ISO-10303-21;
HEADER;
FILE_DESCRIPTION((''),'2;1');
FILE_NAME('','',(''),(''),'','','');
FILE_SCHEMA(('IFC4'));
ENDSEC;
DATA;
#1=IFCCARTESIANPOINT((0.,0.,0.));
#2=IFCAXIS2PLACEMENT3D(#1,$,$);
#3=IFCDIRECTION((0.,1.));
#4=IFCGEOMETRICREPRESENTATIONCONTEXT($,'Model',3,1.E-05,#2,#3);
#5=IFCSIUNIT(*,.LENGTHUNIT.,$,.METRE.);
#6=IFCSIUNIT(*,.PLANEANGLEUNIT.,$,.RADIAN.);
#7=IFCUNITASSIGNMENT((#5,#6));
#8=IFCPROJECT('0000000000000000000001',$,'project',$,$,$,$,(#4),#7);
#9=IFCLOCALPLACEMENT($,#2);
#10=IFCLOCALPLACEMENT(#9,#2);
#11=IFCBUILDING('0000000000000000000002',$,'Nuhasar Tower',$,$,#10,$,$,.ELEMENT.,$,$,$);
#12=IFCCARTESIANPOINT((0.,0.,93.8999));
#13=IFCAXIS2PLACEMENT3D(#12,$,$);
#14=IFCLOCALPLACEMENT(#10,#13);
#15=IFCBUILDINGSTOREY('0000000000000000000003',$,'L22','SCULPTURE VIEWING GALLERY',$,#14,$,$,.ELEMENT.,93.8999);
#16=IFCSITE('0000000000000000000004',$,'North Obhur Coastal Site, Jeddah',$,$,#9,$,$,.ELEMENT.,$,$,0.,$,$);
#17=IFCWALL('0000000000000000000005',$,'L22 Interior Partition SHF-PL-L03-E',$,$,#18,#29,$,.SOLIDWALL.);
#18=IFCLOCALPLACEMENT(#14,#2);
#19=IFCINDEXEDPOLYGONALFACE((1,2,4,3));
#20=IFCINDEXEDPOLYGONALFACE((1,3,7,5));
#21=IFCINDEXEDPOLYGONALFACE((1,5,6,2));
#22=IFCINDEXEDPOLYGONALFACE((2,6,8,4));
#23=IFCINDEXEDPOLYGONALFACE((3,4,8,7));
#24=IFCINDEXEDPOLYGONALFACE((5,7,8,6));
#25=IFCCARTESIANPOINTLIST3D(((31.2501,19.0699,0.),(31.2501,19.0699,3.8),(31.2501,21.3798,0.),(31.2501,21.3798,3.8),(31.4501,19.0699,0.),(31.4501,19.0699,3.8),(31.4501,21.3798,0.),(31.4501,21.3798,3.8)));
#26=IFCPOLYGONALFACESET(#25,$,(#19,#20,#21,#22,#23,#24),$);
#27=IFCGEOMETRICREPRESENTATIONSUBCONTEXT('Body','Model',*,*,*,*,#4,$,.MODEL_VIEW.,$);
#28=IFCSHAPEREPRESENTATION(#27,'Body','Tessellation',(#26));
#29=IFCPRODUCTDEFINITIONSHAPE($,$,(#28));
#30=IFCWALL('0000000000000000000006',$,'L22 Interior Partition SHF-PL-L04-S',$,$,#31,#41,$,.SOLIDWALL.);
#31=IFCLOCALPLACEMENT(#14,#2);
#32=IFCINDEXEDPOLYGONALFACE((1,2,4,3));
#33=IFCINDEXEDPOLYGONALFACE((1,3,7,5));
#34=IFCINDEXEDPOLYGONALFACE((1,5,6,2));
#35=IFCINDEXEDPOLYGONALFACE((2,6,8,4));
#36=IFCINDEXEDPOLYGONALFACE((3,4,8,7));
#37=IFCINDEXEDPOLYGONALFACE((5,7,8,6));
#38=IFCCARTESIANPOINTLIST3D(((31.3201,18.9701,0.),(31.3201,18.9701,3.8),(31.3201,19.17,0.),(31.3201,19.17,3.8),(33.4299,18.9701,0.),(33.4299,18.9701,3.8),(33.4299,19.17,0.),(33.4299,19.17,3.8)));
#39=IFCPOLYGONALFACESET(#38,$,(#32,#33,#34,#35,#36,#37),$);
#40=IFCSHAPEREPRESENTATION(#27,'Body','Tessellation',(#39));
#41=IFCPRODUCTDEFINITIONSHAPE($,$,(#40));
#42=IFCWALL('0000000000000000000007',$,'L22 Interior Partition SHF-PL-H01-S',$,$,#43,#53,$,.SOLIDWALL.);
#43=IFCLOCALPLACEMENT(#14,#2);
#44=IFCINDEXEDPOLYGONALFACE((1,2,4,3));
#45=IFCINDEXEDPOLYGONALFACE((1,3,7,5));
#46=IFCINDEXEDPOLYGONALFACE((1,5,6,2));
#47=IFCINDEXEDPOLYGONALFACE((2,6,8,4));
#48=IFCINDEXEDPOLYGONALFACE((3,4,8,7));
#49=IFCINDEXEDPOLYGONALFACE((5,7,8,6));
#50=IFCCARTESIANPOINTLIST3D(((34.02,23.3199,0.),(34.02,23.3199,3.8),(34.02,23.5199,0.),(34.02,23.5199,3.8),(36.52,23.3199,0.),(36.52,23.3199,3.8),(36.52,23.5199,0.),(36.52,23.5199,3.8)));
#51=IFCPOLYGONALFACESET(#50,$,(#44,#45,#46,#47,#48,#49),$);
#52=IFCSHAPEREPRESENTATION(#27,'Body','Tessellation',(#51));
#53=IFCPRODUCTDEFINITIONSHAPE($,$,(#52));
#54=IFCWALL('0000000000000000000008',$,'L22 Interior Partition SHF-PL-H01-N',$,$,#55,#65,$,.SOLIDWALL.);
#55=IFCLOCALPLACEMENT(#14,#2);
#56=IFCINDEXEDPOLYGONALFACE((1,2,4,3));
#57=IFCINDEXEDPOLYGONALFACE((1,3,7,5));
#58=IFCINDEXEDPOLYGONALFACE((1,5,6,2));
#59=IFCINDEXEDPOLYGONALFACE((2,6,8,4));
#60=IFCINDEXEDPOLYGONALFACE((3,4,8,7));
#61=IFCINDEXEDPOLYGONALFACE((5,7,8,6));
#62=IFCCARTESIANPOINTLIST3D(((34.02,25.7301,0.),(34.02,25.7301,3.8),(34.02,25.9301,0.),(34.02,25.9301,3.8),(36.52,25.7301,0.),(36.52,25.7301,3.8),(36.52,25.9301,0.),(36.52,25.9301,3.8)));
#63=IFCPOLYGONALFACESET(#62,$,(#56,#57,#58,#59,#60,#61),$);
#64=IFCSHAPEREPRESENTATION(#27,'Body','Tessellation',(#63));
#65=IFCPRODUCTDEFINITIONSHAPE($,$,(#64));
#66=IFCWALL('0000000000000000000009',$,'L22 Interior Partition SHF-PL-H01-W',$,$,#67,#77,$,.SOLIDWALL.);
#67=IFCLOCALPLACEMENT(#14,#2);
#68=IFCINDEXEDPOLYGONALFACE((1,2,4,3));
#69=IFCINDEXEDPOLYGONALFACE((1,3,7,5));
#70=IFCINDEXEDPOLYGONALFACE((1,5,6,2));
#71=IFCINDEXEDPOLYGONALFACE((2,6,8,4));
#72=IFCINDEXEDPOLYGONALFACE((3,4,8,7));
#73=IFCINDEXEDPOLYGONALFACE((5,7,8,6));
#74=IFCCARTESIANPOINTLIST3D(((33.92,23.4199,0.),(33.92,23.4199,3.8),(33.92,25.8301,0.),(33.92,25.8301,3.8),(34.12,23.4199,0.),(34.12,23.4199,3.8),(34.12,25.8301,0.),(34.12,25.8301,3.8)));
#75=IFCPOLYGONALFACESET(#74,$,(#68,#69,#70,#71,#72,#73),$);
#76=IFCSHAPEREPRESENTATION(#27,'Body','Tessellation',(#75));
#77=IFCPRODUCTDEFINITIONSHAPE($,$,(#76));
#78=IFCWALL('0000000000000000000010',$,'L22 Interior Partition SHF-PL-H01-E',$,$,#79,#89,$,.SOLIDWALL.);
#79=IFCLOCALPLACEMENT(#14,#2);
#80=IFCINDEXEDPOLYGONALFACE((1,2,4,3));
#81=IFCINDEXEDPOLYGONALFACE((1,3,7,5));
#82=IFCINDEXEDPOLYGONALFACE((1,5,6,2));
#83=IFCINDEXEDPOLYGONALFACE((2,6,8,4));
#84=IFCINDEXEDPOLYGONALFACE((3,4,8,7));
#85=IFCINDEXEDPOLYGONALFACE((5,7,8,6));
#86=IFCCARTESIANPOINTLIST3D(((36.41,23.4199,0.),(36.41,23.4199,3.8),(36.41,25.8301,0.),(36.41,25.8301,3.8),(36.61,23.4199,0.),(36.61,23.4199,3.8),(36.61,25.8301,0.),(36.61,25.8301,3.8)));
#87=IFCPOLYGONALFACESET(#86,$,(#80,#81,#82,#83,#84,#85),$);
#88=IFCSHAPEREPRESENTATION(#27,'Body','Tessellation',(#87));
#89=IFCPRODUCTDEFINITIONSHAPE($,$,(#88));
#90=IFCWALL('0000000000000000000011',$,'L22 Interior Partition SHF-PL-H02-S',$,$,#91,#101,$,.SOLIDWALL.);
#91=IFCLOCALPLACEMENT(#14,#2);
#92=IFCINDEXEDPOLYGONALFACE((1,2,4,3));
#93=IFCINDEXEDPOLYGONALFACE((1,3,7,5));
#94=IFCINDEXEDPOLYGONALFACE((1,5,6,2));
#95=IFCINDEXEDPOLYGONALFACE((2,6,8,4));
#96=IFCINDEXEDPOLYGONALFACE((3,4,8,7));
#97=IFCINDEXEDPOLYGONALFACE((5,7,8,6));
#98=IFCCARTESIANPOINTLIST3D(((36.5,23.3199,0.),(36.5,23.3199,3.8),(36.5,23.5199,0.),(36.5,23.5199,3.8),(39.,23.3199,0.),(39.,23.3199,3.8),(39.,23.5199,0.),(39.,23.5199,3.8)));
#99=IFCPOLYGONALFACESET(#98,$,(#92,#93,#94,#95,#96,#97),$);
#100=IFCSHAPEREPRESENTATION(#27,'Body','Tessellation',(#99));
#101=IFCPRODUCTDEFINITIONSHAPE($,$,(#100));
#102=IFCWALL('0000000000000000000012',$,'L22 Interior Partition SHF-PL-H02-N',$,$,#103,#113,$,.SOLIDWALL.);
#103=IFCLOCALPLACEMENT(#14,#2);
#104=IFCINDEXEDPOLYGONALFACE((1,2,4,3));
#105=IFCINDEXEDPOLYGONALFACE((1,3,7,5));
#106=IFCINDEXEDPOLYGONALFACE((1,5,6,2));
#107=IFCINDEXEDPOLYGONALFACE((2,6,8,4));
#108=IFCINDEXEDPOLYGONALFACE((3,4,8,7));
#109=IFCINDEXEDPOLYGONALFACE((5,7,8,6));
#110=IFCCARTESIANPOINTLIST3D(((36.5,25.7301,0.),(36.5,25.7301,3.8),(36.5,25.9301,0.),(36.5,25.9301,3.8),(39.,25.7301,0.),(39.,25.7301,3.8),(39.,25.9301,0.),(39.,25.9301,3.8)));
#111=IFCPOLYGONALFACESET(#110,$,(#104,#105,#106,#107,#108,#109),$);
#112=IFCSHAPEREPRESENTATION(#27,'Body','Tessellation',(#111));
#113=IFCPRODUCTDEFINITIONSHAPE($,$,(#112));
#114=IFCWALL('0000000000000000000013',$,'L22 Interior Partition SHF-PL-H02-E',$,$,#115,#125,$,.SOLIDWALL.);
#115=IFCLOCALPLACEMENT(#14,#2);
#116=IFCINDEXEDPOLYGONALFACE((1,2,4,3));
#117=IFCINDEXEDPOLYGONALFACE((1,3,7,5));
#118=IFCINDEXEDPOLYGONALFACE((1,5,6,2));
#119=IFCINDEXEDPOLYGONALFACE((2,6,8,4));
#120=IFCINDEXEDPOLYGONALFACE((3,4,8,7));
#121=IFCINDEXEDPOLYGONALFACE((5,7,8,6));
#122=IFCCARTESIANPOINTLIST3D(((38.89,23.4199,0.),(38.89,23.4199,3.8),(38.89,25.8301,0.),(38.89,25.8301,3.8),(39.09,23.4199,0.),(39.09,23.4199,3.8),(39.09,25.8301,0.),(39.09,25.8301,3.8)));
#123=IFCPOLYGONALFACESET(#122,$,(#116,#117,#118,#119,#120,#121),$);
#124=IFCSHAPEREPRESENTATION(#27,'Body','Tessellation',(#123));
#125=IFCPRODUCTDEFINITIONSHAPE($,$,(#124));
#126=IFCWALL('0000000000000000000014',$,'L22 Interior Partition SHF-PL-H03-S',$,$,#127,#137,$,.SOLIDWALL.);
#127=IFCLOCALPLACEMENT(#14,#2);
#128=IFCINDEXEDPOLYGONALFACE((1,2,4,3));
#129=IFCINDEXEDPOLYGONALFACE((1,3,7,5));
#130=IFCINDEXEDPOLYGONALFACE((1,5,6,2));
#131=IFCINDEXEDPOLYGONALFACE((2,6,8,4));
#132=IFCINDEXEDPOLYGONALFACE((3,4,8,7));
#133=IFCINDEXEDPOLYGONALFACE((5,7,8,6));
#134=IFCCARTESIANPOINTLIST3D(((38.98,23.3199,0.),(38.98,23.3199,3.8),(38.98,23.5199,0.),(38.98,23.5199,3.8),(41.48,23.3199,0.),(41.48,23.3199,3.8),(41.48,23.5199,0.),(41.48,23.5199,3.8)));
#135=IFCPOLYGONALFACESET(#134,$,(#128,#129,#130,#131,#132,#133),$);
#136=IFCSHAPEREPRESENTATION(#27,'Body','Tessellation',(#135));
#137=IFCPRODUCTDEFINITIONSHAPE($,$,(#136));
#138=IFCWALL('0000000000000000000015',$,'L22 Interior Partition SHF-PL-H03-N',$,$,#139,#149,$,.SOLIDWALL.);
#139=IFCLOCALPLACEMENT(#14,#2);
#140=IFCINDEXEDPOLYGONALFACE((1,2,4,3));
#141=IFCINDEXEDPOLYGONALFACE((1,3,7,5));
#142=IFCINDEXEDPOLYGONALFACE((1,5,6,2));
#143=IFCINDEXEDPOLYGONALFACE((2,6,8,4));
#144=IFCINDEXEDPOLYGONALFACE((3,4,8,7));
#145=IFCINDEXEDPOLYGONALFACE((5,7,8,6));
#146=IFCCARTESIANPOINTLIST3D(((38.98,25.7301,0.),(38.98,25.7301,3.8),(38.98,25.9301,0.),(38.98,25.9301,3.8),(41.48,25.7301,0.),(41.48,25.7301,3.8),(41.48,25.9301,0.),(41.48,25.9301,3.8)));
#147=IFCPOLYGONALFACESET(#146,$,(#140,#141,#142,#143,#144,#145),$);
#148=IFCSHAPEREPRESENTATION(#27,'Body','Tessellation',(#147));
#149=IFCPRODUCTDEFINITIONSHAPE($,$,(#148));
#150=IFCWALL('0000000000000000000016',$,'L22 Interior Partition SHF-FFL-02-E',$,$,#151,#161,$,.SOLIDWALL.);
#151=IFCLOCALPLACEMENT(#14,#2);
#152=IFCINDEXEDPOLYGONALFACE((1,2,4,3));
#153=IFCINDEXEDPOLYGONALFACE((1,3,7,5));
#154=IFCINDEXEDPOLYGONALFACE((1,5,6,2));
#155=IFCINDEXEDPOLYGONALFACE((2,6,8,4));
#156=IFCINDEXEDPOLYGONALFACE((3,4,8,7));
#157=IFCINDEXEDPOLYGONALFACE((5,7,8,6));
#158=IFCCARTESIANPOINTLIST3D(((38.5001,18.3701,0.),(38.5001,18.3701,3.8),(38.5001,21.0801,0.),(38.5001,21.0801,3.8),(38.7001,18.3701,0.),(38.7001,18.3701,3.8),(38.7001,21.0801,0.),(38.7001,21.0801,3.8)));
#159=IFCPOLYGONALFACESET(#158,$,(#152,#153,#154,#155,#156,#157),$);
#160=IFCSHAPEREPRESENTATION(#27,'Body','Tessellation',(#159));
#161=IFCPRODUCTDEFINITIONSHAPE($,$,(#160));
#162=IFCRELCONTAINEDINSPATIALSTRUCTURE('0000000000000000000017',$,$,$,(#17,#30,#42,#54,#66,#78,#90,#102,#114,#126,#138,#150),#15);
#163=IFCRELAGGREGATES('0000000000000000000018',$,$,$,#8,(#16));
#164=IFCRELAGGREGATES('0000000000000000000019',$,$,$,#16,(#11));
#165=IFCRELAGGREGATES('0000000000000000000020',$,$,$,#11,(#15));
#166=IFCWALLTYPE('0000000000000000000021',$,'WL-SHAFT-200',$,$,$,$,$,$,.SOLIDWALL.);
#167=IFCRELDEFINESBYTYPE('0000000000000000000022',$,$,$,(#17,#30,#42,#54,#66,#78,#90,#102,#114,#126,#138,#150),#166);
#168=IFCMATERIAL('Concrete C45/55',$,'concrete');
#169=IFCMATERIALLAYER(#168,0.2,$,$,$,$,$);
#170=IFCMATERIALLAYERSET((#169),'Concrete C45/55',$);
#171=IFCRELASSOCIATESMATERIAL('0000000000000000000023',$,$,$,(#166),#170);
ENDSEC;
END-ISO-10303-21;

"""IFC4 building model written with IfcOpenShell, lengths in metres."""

from ifc_helpers import new_model, si_unit, direction, frame, frame_2d, origin, place, context, subcontext, project, spatial, rectangle, extrude, material, layer, layer_set, type_object, element, save


model = new_model("IFC4")

# Units and contexts
model_context = context("Model", 3, precision=1e-05, world=origin(), true_north=direction((0.0, 1.0)))
body_context = subcontext(model_context, "Body", "Model", "MODEL_VIEW")
ifc_project = project(units=[si_unit("LENGTHUNIT", "METRE"), si_unit("PLANEANGLEUNIT", "RADIAN")], contexts=[model_context])

# Site, building, storey
site_placement = place(None, origin())
site = spatial("IfcSite", under=ifc_project, at=site_placement, Name="North Obhur Coastal Site, Jeddah", CompositionType="ELEMENT", RefElevation=0.0)
building_placement = place(site_placement, origin())
building = spatial("IfcBuilding", under=site, at=building_placement, Name="Nuhasar Tower", CompositionType="ELEMENT")
storey_placement = place(building_placement, frame((0.0, 0.0, 93.8999)))
storey = spatial("IfcBuildingStorey", under=building, at=storey_placement, Name="L22", Description="SCULPTURE VIEWING GALLERY", CompositionType="ELEMENT", Elevation=93.8999)

# Shared definitions
ifc_material_1 = material(Name="Concrete C45/55", Category="concrete")
ifc_layer_1 = layer(ifc_material_1, 0.2)
ifc_layer_set_1 = layer_set([ifc_layer_1], Name="Concrete C45/55")
wall_type_1 = type_object("IfcWallType", Name="WL-SHAFT-200", PredefinedType="SOLIDWALL", material=ifc_layer_set_1)

# Walls
for number, where, z_axis, x_axis, name in (
    (1, (31.3501, 19.0701, 0.0), (0.0, 0.0, 1.0), (0.0, 1.0, 0.0), "L22 Interior Partition SHF-PL-L03-E"),
):
    element("IfcWall", number, at=place(storey_placement, frame(where, z_axis=z_axis, x_axis=x_axis)), inside=storey, type_object=wall_type_1, Name=name, PredefinedType="SOLIDWALL", context=body_context, shape_type="SweptSolid", body=[
        extrude(rectangle(XDim=2.3098, YDim=0.2, at=frame_2d((1.1548, 0.0))), origin(), (0.0, 0.0, 1.0), 3.8),
    ])
wall_1_placement = place(storey_placement, frame((31.3201, 19.0701, 0.0), z_axis=(0.0, 0.0, 1.0), x_axis=(1.0, 0.0, 0.0)))
element("IfcWall", 2, at=wall_1_placement, inside=storey, type_object=wall_type_1, Name="L22 Interior Partition SHF-PL-L04-S", PredefinedType="SOLIDWALL", context=body_context, shape_type="SweptSolid", body=[
    extrude(rectangle(XDim=2.1099, YDim=0.2, at=frame_2d((1.0549, 0.0))), origin(), (0.0, 0.0, 1.0), 3.8),
])

# Walls
for number, where, z_axis, x_axis, name in (
    (3, (34.02, 23.4199, 0.0), (0.0, 0.0, 1.0), (1.0, 0.0, 0.0), "L22 Interior Partition SHF-PL-H01-S"),
    (4, (34.02, 25.8301, 0.0), (0.0, 0.0, 1.0), (1.0, 0.0, 0.0), "L22 Interior Partition SHF-PL-H01-N"),
):
    element("IfcWall", number, at=place(storey_placement, frame(where, z_axis=z_axis, x_axis=x_axis)), inside=storey, type_object=wall_type_1, Name=name, PredefinedType="SOLIDWALL", context=body_context, shape_type="SweptSolid", body=[
        extrude(rectangle(XDim=2.5, YDim=0.2, at=frame_2d((1.25, 0.0))), origin(), (0.0, 0.0, 1.0), 3.8),
    ])
for number, where, z_axis, x_axis, name in (
    (5, (34.02, 23.4199, 0.0), (0.0, 0.0, 1.0), (0.0, 1.0, 0.0), "L22 Interior Partition SHF-PL-H01-W"),
    (6, (36.51, 23.4199, 0.0), (0.0, 0.0, 1.0), (0.0, 1.0, 0.0), "L22 Interior Partition SHF-PL-H01-E"),
):
    element("IfcWall", number, at=place(storey_placement, frame(where, z_axis=z_axis, x_axis=x_axis)), inside=storey, type_object=wall_type_1, Name=name, PredefinedType="SOLIDWALL", context=body_context, shape_type="SweptSolid", body=[
        extrude(rectangle(XDim=2.4102, YDim=0.2, at=frame_2d((1.2051, 0.0))), origin(), (0.0, 0.0, 1.0), 3.8),
    ])
for number, where, z_axis, x_axis, name in (
    (7, (36.5, 23.4199, 0.0), (0.0, 0.0, 1.0), (1.0, 0.0, 0.0), "L22 Interior Partition SHF-PL-H02-S"),
    (8, (36.5, 25.8301, 0.0), (0.0, 0.0, 1.0), (1.0, 0.0, 0.0), "L22 Interior Partition SHF-PL-H02-N"),
):
    element("IfcWall", number, at=place(storey_placement, frame(where, z_axis=z_axis, x_axis=x_axis)), inside=storey, type_object=wall_type_1, Name=name, PredefinedType="SOLIDWALL", context=body_context, shape_type="SweptSolid", body=[
        extrude(rectangle(XDim=2.5, YDim=0.2, at=frame_2d((1.25, 0.0))), origin(), (0.0, 0.0, 1.0), 3.8),
    ])
wall_2_placement = place(storey_placement, frame((38.99, 23.4199, 0.0), z_axis=(0.0, 0.0, 1.0), x_axis=(0.0, 1.0, 0.0)))
element("IfcWall", 9, at=wall_2_placement, inside=storey, type_object=wall_type_1, Name="L22 Interior Partition SHF-PL-H02-E", PredefinedType="SOLIDWALL", context=body_context, shape_type="SweptSolid", body=[
    extrude(rectangle(XDim=2.4102, YDim=0.2, at=frame_2d((1.2051, 0.0))), origin(), (0.0, 0.0, 1.0), 3.8),
])
for number, where, z_axis, x_axis, name in (
    (10, (38.98, 23.4199, 0.0), (0.0, 0.0, 1.0), (1.0, 0.0, 0.0), "L22 Interior Partition SHF-PL-H03-S"),
    (11, (38.98, 25.8301, 0.0), (0.0, 0.0, 1.0), (1.0, 0.0, 0.0), "L22 Interior Partition SHF-PL-H03-N"),
):
    element("IfcWall", number, at=place(storey_placement, frame(where, z_axis=z_axis, x_axis=x_axis)), inside=storey, type_object=wall_type_1, Name=name, PredefinedType="SOLIDWALL", context=body_context, shape_type="SweptSolid", body=[
        extrude(rectangle(XDim=2.5, YDim=0.2, at=frame_2d((1.25, 0.0))), origin(), (0.0, 0.0, 1.0), 3.8),
    ])
wall_3_placement = place(storey_placement, frame((38.6001, 18.3701, 0.0), z_axis=(0.0, 0.0, 1.0), x_axis=(0.0, 1.0, 0.0)))
element("IfcWall", 12, at=wall_3_placement, inside=storey, type_object=wall_type_1, Name="L22 Interior Partition SHF-FFL-02-E", PredefinedType="SOLIDWALL", context=body_context, shape_type="SweptSolid", body=[
    extrude(rectangle(XDim=2.71, YDim=0.2, at=frame_2d((1.355, 0.0))), origin(), (0.0, 0.0, 1.0), 3.8),
])

save(model, "model.ifc")
